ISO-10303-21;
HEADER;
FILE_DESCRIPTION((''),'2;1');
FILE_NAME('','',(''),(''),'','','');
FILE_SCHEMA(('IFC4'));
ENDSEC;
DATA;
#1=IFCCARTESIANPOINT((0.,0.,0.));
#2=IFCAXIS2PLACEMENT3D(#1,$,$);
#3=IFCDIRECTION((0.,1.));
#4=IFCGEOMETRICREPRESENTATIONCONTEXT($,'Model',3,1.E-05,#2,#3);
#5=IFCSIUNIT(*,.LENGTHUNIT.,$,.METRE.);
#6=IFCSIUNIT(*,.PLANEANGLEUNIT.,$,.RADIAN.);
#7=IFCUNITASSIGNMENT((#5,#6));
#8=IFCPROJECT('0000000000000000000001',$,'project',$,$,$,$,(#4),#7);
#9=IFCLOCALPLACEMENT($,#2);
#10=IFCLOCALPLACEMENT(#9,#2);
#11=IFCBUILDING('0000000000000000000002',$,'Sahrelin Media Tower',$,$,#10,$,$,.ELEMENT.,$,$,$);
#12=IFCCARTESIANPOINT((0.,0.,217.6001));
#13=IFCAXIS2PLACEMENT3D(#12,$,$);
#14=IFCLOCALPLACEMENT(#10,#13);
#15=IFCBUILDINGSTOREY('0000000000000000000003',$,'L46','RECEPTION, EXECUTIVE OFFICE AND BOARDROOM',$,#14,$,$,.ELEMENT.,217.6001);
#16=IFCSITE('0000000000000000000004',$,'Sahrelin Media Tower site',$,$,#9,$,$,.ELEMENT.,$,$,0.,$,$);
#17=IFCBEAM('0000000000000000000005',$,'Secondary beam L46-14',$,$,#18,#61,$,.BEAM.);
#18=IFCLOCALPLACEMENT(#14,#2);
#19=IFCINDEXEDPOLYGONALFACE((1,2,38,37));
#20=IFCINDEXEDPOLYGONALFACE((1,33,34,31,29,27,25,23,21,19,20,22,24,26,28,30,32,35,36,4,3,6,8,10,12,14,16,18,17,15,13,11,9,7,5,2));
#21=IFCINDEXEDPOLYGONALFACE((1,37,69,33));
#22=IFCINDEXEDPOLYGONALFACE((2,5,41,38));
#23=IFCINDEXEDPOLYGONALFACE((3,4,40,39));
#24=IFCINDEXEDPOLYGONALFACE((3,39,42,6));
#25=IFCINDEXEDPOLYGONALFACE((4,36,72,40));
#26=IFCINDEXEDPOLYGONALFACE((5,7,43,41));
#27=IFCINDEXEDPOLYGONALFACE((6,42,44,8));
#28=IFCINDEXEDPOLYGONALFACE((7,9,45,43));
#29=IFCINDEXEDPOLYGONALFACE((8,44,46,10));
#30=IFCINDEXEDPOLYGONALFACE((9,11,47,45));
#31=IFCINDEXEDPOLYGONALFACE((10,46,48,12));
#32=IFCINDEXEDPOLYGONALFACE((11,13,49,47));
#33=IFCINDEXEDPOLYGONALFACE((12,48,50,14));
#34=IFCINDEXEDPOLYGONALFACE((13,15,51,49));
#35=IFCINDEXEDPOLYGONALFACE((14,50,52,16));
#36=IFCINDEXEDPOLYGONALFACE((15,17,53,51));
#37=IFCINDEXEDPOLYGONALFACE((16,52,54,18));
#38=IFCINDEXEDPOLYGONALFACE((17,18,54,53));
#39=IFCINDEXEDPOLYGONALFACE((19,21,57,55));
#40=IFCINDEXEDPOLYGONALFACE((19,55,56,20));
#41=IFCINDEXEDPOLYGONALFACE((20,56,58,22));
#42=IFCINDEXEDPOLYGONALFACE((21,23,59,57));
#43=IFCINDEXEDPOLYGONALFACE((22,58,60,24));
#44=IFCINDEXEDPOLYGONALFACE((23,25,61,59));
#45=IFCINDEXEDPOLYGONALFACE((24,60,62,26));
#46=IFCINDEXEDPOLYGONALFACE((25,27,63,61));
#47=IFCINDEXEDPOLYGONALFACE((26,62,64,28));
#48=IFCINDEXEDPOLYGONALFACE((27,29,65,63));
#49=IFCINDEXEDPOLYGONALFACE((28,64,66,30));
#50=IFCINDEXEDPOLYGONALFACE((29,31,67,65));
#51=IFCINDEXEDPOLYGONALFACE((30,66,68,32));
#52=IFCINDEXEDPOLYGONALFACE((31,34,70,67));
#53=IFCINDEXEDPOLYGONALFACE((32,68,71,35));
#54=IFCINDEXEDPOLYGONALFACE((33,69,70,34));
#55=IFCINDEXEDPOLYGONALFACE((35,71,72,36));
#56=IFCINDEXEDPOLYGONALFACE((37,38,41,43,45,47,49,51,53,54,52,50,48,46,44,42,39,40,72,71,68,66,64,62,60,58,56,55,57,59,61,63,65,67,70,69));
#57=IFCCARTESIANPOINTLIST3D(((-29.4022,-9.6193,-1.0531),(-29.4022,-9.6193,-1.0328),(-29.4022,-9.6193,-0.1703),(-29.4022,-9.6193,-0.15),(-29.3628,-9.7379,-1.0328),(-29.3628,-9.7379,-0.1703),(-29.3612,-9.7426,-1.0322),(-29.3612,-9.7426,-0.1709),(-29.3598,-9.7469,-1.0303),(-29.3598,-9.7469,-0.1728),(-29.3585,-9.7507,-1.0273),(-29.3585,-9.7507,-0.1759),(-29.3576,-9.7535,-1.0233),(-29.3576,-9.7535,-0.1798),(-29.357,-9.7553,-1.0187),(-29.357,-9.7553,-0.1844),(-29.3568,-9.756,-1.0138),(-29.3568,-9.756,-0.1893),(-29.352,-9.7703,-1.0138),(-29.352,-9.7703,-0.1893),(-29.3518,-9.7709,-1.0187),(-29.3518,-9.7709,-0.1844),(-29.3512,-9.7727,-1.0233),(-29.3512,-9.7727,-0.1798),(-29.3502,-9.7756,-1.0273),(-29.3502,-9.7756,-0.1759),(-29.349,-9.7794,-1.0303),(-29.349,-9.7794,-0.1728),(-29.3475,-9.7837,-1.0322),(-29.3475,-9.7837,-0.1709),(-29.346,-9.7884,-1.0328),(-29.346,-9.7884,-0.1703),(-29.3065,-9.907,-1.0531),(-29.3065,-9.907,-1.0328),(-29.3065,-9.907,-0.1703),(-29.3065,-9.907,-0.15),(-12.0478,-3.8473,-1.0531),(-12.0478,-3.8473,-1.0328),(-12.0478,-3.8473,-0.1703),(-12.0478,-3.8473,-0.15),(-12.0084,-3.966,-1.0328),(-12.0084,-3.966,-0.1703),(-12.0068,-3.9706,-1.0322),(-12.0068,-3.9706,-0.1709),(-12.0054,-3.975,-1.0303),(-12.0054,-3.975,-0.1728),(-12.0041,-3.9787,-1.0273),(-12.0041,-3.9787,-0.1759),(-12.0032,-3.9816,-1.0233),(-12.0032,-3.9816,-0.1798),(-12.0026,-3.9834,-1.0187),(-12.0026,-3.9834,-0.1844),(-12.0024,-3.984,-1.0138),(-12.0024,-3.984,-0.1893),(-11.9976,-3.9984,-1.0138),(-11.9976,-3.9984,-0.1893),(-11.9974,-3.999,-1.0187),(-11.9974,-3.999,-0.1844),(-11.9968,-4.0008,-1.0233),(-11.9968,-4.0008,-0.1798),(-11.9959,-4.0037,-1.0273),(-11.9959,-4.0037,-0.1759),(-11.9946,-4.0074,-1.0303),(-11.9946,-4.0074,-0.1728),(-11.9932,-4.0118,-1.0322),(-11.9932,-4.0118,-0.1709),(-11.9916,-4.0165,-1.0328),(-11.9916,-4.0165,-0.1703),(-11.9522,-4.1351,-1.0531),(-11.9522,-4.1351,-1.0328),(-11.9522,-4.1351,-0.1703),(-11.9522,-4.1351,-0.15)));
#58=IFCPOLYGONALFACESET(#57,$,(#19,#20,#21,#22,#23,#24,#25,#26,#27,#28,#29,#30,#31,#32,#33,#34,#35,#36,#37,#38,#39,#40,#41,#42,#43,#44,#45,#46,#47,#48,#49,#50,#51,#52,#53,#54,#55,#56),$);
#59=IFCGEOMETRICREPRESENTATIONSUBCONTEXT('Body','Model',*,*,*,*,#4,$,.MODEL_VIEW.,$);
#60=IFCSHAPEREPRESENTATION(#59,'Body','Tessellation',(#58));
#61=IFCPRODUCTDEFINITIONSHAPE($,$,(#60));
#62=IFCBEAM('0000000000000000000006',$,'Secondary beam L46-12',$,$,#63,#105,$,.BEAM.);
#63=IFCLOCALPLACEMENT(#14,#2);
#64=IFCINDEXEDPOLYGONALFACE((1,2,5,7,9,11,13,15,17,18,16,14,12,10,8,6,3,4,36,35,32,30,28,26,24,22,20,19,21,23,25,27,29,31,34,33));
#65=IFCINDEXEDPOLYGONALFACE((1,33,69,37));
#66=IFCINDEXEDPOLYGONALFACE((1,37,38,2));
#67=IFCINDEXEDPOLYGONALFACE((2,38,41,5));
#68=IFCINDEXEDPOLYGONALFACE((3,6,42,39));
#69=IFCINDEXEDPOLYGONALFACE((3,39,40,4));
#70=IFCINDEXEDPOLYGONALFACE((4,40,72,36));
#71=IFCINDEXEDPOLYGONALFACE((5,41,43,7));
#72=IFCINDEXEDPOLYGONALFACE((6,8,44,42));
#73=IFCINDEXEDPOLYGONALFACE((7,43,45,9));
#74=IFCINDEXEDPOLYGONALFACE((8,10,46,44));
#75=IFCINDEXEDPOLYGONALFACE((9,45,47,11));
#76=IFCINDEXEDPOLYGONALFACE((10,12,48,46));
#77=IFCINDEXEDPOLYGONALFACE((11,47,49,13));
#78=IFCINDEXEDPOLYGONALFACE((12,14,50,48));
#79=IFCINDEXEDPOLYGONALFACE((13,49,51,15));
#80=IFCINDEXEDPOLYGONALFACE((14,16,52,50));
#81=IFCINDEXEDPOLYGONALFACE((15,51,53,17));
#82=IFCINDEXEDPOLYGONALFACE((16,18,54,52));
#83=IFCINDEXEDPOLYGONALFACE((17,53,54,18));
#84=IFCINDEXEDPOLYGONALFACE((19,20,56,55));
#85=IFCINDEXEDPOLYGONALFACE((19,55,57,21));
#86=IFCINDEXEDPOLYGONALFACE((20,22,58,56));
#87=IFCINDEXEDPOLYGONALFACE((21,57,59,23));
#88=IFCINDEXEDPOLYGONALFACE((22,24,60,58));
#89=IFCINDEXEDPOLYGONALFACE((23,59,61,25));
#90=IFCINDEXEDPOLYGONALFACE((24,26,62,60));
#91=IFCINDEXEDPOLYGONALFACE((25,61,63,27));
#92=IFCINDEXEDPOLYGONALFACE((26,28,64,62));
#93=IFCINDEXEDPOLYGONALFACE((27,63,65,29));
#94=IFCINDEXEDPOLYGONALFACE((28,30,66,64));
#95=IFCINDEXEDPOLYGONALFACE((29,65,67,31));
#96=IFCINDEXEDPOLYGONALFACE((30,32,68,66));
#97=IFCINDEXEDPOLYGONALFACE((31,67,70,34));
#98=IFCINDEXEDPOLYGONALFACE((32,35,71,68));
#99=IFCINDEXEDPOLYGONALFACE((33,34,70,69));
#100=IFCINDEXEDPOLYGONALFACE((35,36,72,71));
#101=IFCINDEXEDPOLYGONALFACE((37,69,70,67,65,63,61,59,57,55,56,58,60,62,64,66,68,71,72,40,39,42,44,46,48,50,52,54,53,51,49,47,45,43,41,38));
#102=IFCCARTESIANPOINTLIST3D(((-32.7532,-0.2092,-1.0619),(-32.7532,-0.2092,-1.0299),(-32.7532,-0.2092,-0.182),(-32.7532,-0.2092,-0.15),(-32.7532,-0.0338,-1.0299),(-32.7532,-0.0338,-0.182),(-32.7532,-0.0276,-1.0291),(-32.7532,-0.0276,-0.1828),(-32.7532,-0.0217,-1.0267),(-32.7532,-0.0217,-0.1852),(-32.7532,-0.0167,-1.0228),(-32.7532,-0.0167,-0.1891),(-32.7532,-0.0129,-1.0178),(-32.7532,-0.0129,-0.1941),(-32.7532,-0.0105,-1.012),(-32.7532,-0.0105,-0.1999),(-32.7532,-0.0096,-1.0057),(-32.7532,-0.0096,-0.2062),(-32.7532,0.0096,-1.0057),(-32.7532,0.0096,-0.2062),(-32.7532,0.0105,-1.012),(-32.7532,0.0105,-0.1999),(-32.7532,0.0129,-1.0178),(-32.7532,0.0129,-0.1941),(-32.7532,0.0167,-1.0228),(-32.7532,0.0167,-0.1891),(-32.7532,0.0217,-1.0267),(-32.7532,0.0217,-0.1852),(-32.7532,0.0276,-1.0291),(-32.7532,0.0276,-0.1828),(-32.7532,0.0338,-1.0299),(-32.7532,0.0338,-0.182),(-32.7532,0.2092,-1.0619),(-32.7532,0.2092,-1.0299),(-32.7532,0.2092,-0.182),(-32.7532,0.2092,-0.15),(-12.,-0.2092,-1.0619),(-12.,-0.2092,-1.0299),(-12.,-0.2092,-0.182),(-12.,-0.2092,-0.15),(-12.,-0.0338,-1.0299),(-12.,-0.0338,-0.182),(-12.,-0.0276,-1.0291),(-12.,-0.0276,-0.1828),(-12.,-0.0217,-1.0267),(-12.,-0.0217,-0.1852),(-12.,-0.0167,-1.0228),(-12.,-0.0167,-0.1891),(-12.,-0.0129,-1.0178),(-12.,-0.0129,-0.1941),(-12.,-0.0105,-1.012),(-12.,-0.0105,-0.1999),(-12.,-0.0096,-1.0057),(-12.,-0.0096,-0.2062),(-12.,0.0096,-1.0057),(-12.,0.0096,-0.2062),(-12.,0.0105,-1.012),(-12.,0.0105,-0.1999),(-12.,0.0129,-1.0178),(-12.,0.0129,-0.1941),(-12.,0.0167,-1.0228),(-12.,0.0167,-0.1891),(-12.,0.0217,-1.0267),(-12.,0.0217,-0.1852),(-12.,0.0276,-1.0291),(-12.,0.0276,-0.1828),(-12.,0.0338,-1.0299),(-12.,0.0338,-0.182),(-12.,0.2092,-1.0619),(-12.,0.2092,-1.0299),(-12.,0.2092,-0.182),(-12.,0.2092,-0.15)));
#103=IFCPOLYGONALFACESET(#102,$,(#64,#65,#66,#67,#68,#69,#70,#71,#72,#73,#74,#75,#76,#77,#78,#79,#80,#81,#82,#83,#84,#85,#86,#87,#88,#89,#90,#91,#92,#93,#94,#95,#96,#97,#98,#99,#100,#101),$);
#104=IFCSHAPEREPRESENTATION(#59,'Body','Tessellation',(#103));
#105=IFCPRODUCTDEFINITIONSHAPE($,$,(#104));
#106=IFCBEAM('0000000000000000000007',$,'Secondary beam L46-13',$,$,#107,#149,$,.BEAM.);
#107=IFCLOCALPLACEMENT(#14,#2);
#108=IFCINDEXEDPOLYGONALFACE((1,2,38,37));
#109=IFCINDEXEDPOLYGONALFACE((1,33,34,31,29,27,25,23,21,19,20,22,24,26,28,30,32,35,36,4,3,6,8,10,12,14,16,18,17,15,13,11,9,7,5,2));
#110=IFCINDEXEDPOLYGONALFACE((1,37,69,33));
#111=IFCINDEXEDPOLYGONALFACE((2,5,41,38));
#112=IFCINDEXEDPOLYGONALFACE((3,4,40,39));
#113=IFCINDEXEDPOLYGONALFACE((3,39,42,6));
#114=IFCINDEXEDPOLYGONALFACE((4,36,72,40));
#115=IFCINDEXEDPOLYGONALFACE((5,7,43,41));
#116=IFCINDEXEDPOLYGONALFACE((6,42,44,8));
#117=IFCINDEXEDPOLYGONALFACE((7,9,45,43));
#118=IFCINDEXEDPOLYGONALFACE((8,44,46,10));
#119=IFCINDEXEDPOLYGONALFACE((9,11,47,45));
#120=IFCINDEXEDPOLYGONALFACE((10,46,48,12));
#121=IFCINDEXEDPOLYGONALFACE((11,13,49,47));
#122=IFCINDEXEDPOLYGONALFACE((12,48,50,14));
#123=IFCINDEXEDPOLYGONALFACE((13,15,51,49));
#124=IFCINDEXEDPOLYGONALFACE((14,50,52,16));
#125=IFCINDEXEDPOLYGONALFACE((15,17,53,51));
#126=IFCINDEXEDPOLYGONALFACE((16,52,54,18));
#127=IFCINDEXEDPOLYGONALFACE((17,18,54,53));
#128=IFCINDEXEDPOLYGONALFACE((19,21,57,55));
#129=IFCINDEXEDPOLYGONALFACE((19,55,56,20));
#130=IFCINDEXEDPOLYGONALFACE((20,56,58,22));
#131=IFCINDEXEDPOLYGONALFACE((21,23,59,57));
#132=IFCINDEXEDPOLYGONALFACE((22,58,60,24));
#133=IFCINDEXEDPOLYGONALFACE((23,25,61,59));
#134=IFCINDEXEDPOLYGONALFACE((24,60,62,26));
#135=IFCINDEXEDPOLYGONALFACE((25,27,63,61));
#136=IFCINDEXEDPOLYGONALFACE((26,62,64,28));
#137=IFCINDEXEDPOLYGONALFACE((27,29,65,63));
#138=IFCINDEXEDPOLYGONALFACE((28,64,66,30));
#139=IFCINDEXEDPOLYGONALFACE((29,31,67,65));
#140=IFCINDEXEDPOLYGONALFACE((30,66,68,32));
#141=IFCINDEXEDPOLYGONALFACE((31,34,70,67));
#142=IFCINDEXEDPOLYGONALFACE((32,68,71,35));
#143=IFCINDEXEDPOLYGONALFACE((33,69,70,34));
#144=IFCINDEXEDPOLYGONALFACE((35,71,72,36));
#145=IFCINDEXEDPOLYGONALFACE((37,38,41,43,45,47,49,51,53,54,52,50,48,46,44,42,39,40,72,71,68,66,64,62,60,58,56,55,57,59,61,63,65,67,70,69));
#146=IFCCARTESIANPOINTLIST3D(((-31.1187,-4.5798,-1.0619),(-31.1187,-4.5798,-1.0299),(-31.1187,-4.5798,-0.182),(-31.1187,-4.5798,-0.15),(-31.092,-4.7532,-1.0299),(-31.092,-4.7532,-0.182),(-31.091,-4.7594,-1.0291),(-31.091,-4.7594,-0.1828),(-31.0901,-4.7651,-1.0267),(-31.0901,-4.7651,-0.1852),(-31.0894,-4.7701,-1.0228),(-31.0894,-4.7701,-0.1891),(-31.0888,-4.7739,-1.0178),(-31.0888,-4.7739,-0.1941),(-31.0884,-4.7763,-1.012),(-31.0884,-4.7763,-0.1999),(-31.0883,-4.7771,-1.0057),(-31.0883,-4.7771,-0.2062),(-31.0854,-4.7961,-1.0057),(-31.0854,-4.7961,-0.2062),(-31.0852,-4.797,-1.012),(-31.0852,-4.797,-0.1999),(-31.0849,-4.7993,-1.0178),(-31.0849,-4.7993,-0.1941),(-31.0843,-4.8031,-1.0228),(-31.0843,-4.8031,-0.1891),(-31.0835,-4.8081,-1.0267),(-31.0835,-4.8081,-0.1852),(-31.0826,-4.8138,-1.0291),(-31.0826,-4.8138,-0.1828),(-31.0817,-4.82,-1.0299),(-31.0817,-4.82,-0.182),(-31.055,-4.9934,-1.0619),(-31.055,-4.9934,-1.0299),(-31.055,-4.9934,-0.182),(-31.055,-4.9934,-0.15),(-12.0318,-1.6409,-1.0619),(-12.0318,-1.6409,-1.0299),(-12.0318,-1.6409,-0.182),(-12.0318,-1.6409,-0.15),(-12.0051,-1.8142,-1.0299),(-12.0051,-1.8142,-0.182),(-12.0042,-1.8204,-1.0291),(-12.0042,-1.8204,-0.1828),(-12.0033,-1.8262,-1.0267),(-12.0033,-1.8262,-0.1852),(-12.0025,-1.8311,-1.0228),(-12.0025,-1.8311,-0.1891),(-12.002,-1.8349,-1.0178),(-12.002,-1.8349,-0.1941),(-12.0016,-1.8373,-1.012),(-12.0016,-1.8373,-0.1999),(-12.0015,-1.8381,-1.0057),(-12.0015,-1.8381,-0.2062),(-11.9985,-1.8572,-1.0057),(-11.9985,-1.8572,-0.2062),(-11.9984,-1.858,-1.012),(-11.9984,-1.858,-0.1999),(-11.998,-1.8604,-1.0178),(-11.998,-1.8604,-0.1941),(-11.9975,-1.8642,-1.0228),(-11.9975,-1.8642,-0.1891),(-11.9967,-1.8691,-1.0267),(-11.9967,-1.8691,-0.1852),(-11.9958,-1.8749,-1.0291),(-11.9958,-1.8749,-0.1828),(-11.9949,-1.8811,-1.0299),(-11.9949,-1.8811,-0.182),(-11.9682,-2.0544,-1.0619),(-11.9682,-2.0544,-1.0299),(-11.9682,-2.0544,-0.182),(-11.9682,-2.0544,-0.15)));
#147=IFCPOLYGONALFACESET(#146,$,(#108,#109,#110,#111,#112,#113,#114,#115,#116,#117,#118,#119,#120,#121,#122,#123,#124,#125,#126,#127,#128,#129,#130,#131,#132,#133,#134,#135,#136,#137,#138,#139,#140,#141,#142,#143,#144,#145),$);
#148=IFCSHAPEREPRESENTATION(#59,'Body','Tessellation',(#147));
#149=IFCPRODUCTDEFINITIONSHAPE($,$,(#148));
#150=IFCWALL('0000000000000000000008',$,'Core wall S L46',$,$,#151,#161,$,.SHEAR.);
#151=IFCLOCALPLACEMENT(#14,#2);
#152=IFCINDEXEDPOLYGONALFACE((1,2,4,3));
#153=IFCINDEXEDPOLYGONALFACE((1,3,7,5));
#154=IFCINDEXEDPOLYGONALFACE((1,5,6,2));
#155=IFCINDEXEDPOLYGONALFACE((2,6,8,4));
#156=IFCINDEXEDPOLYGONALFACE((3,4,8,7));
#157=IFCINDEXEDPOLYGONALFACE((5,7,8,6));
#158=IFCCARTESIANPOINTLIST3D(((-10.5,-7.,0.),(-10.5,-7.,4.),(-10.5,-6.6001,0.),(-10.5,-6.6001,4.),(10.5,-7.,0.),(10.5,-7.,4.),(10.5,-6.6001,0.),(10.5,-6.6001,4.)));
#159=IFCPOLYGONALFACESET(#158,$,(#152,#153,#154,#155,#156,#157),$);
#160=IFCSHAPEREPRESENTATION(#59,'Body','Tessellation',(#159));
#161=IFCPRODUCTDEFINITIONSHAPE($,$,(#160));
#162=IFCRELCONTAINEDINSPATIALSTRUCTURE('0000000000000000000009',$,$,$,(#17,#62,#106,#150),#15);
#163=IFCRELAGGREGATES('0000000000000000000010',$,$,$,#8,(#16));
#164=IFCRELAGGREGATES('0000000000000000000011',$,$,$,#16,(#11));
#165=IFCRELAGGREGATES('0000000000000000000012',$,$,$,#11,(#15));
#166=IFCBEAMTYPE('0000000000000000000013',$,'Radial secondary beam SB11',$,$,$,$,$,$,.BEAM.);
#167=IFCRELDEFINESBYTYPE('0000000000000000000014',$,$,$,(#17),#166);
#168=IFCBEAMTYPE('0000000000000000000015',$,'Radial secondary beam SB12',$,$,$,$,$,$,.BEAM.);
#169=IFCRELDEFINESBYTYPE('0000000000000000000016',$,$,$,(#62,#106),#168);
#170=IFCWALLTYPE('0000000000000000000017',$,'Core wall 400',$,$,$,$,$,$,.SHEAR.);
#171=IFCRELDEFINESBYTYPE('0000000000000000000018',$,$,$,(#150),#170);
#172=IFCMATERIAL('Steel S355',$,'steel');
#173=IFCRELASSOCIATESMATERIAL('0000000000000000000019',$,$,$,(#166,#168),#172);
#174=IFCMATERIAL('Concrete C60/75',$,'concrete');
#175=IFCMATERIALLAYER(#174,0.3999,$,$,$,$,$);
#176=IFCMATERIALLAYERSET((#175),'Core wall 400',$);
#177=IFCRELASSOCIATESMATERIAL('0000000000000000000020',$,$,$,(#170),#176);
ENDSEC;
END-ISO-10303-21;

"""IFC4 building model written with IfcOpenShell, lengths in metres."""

from ifc_helpers import new_model, si_unit, direction, frame, frame_2d, origin, origin_2d, place, context, subcontext, project, spatial, rectangle, i_section, extrude, material, layer, layer_set, material_profile, profile_set, type_object, element, save


model = new_model("IFC4")

# Units and contexts
model_context = context("Model", 3, precision=1e-05, world=origin(), true_north=direction((0.0, 1.0)))
body_context = subcontext(model_context, "Body", "Model", "MODEL_VIEW")
ifc_project = project(units=[si_unit("LENGTHUNIT", "METRE"), si_unit("PLANEANGLEUNIT", "RADIAN")], contexts=[model_context])

# Site, building, storey
site_placement = place(None, origin())
site = spatial("IfcSite", under=ifc_project, at=site_placement, Name="Sahrelin Media Tower site", CompositionType="ELEMENT", RefElevation=0.0)
building_placement = place(site_placement, origin())
building = spatial("IfcBuilding", under=site, at=building_placement, Name="Sahrelin Media Tower", CompositionType="ELEMENT")
storey_placement = place(building_placement, frame((0.0, 0.0, 217.6001)))
storey = spatial("IfcBuildingStorey", under=building, at=storey_placement, Name="L46", Description="RECEPTION, EXECUTIVE OFFICE AND BOARDROOM", CompositionType="ELEMENT", Elevation=217.6001)

# Beams
ifc_material_1 = material(Name="Steel S355", Category="steel")
ifc_material_profile_1 = material_profile(ifc_material_1, i_section(OverallWidth=0.3032, OverallDepth=0.9031, WebThickness=0.0151, FlangeThickness=0.0203, FilletRadius=0.019, at=origin_2d()), Name="UB 914x305x201")
ifc_profile_set_1 = profile_set([ifc_material_profile_1], Name="Steel S355")
beam_type_1 = type_object("IfcBeamType", Name="Radial secondary beam SB11", PredefinedType="BEAM", material=ifc_profile_set_1)
beam_1_placement = place(storey_placement, frame((-12.0, -3.9912, -0.6016), z_axis=(-0.948894, -0.315595, 0.0), x_axis=(0.315595, -0.948894, 0.0)))
element("IfcBeam", 1, at=beam_1_placement, inside=storey, type_object=beam_type_1, Name="Secondary beam L46-14", PredefinedType="BEAM", context=body_context, shape_type="SweptSolid", body=[
    extrude(i_section(OverallWidth=0.3032, OverallDepth=0.9031, WebThickness=0.0151, FlangeThickness=0.0203, FilletRadius=0.019, at=origin_2d()), origin(), (0.0, 0.0, 1.0), 18.2891),
])
ifc_material_profile_2 = material_profile(ifc_material_1, i_section(OverallWidth=0.4185, OverallDepth=0.9119, WebThickness=0.0193, FlangeThickness=0.032, FilletRadius=0.0242, at=origin_2d()), Name="UB 914x419x343")
ifc_profile_set_2 = profile_set([ifc_material_profile_2], Name="Steel S355")
beam_type_2 = type_object("IfcBeamType", Name="Radial secondary beam SB12", PredefinedType="BEAM", material=ifc_profile_set_2)
beam_2_placement = place(storey_placement, frame((-12.0, 0.0, -0.606), z_axis=(-1.0, 0.0, 0.0), x_axis=(0.0, -1.0, 0.0)))
element("IfcBeam", 2, at=beam_2_placement, inside=storey, type_object=beam_type_2, Name="Secondary beam L46-12", PredefinedType="BEAM", context=body_context, shape_type="SweptSolid", body=[
    extrude(i_section(OverallWidth=0.4185, OverallDepth=0.9119, WebThickness=0.0193, FlangeThickness=0.032, FilletRadius=0.0242, at=origin_2d()), origin(), (0.0, 0.0, 1.0), 20.7532),
])
beam_3_placement = place(storey_placement, frame((-12.0, -1.8477, -0.606), z_axis=(-0.988352, -0.152184, 0.0), x_axis=(0.152184, -0.988352, 0.0)))
element("IfcBeam", 3, at=beam_3_placement, inside=storey, type_object=beam_type_2, Name="Secondary beam L46-13", PredefinedType="BEAM", context=body_context, shape_type="SweptSolid", body=[
    extrude(i_section(OverallWidth=0.4185, OverallDepth=0.9119, WebThickness=0.0193, FlangeThickness=0.032, FilletRadius=0.0242, at=origin_2d()), origin(), (0.0, 0.0, 1.0), 19.3118),
])

# Wall
ifc_material_2 = material(Name="Concrete C60/75", Category="concrete")
ifc_layer_1 = layer(ifc_material_2, 0.3999)
ifc_layer_set_1 = layer_set([ifc_layer_1], Name="Core wall 400")
wall_type_1 = type_object("IfcWallType", Name="Core wall 400", PredefinedType="SHEAR", material=ifc_layer_set_1)
wall_1_placement = place(storey_placement, frame((-10.5, -6.8, 0.0), z_axis=(0.0, 0.0, 1.0), x_axis=(1.0, 0.0, 0.0)))
element("IfcWall", 4, at=wall_1_placement, inside=storey, type_object=wall_type_1, Name="Core wall S L46", PredefinedType="SHEAR", context=body_context, shape_type="SweptSolid", body=[
    extrude(rectangle(XDim=21.0, YDim=0.3999, at=frame_2d((10.5, 0.0))), origin(), (0.0, 0.0, 1.0), 4.0),
])

save(model, "model.ifc")
